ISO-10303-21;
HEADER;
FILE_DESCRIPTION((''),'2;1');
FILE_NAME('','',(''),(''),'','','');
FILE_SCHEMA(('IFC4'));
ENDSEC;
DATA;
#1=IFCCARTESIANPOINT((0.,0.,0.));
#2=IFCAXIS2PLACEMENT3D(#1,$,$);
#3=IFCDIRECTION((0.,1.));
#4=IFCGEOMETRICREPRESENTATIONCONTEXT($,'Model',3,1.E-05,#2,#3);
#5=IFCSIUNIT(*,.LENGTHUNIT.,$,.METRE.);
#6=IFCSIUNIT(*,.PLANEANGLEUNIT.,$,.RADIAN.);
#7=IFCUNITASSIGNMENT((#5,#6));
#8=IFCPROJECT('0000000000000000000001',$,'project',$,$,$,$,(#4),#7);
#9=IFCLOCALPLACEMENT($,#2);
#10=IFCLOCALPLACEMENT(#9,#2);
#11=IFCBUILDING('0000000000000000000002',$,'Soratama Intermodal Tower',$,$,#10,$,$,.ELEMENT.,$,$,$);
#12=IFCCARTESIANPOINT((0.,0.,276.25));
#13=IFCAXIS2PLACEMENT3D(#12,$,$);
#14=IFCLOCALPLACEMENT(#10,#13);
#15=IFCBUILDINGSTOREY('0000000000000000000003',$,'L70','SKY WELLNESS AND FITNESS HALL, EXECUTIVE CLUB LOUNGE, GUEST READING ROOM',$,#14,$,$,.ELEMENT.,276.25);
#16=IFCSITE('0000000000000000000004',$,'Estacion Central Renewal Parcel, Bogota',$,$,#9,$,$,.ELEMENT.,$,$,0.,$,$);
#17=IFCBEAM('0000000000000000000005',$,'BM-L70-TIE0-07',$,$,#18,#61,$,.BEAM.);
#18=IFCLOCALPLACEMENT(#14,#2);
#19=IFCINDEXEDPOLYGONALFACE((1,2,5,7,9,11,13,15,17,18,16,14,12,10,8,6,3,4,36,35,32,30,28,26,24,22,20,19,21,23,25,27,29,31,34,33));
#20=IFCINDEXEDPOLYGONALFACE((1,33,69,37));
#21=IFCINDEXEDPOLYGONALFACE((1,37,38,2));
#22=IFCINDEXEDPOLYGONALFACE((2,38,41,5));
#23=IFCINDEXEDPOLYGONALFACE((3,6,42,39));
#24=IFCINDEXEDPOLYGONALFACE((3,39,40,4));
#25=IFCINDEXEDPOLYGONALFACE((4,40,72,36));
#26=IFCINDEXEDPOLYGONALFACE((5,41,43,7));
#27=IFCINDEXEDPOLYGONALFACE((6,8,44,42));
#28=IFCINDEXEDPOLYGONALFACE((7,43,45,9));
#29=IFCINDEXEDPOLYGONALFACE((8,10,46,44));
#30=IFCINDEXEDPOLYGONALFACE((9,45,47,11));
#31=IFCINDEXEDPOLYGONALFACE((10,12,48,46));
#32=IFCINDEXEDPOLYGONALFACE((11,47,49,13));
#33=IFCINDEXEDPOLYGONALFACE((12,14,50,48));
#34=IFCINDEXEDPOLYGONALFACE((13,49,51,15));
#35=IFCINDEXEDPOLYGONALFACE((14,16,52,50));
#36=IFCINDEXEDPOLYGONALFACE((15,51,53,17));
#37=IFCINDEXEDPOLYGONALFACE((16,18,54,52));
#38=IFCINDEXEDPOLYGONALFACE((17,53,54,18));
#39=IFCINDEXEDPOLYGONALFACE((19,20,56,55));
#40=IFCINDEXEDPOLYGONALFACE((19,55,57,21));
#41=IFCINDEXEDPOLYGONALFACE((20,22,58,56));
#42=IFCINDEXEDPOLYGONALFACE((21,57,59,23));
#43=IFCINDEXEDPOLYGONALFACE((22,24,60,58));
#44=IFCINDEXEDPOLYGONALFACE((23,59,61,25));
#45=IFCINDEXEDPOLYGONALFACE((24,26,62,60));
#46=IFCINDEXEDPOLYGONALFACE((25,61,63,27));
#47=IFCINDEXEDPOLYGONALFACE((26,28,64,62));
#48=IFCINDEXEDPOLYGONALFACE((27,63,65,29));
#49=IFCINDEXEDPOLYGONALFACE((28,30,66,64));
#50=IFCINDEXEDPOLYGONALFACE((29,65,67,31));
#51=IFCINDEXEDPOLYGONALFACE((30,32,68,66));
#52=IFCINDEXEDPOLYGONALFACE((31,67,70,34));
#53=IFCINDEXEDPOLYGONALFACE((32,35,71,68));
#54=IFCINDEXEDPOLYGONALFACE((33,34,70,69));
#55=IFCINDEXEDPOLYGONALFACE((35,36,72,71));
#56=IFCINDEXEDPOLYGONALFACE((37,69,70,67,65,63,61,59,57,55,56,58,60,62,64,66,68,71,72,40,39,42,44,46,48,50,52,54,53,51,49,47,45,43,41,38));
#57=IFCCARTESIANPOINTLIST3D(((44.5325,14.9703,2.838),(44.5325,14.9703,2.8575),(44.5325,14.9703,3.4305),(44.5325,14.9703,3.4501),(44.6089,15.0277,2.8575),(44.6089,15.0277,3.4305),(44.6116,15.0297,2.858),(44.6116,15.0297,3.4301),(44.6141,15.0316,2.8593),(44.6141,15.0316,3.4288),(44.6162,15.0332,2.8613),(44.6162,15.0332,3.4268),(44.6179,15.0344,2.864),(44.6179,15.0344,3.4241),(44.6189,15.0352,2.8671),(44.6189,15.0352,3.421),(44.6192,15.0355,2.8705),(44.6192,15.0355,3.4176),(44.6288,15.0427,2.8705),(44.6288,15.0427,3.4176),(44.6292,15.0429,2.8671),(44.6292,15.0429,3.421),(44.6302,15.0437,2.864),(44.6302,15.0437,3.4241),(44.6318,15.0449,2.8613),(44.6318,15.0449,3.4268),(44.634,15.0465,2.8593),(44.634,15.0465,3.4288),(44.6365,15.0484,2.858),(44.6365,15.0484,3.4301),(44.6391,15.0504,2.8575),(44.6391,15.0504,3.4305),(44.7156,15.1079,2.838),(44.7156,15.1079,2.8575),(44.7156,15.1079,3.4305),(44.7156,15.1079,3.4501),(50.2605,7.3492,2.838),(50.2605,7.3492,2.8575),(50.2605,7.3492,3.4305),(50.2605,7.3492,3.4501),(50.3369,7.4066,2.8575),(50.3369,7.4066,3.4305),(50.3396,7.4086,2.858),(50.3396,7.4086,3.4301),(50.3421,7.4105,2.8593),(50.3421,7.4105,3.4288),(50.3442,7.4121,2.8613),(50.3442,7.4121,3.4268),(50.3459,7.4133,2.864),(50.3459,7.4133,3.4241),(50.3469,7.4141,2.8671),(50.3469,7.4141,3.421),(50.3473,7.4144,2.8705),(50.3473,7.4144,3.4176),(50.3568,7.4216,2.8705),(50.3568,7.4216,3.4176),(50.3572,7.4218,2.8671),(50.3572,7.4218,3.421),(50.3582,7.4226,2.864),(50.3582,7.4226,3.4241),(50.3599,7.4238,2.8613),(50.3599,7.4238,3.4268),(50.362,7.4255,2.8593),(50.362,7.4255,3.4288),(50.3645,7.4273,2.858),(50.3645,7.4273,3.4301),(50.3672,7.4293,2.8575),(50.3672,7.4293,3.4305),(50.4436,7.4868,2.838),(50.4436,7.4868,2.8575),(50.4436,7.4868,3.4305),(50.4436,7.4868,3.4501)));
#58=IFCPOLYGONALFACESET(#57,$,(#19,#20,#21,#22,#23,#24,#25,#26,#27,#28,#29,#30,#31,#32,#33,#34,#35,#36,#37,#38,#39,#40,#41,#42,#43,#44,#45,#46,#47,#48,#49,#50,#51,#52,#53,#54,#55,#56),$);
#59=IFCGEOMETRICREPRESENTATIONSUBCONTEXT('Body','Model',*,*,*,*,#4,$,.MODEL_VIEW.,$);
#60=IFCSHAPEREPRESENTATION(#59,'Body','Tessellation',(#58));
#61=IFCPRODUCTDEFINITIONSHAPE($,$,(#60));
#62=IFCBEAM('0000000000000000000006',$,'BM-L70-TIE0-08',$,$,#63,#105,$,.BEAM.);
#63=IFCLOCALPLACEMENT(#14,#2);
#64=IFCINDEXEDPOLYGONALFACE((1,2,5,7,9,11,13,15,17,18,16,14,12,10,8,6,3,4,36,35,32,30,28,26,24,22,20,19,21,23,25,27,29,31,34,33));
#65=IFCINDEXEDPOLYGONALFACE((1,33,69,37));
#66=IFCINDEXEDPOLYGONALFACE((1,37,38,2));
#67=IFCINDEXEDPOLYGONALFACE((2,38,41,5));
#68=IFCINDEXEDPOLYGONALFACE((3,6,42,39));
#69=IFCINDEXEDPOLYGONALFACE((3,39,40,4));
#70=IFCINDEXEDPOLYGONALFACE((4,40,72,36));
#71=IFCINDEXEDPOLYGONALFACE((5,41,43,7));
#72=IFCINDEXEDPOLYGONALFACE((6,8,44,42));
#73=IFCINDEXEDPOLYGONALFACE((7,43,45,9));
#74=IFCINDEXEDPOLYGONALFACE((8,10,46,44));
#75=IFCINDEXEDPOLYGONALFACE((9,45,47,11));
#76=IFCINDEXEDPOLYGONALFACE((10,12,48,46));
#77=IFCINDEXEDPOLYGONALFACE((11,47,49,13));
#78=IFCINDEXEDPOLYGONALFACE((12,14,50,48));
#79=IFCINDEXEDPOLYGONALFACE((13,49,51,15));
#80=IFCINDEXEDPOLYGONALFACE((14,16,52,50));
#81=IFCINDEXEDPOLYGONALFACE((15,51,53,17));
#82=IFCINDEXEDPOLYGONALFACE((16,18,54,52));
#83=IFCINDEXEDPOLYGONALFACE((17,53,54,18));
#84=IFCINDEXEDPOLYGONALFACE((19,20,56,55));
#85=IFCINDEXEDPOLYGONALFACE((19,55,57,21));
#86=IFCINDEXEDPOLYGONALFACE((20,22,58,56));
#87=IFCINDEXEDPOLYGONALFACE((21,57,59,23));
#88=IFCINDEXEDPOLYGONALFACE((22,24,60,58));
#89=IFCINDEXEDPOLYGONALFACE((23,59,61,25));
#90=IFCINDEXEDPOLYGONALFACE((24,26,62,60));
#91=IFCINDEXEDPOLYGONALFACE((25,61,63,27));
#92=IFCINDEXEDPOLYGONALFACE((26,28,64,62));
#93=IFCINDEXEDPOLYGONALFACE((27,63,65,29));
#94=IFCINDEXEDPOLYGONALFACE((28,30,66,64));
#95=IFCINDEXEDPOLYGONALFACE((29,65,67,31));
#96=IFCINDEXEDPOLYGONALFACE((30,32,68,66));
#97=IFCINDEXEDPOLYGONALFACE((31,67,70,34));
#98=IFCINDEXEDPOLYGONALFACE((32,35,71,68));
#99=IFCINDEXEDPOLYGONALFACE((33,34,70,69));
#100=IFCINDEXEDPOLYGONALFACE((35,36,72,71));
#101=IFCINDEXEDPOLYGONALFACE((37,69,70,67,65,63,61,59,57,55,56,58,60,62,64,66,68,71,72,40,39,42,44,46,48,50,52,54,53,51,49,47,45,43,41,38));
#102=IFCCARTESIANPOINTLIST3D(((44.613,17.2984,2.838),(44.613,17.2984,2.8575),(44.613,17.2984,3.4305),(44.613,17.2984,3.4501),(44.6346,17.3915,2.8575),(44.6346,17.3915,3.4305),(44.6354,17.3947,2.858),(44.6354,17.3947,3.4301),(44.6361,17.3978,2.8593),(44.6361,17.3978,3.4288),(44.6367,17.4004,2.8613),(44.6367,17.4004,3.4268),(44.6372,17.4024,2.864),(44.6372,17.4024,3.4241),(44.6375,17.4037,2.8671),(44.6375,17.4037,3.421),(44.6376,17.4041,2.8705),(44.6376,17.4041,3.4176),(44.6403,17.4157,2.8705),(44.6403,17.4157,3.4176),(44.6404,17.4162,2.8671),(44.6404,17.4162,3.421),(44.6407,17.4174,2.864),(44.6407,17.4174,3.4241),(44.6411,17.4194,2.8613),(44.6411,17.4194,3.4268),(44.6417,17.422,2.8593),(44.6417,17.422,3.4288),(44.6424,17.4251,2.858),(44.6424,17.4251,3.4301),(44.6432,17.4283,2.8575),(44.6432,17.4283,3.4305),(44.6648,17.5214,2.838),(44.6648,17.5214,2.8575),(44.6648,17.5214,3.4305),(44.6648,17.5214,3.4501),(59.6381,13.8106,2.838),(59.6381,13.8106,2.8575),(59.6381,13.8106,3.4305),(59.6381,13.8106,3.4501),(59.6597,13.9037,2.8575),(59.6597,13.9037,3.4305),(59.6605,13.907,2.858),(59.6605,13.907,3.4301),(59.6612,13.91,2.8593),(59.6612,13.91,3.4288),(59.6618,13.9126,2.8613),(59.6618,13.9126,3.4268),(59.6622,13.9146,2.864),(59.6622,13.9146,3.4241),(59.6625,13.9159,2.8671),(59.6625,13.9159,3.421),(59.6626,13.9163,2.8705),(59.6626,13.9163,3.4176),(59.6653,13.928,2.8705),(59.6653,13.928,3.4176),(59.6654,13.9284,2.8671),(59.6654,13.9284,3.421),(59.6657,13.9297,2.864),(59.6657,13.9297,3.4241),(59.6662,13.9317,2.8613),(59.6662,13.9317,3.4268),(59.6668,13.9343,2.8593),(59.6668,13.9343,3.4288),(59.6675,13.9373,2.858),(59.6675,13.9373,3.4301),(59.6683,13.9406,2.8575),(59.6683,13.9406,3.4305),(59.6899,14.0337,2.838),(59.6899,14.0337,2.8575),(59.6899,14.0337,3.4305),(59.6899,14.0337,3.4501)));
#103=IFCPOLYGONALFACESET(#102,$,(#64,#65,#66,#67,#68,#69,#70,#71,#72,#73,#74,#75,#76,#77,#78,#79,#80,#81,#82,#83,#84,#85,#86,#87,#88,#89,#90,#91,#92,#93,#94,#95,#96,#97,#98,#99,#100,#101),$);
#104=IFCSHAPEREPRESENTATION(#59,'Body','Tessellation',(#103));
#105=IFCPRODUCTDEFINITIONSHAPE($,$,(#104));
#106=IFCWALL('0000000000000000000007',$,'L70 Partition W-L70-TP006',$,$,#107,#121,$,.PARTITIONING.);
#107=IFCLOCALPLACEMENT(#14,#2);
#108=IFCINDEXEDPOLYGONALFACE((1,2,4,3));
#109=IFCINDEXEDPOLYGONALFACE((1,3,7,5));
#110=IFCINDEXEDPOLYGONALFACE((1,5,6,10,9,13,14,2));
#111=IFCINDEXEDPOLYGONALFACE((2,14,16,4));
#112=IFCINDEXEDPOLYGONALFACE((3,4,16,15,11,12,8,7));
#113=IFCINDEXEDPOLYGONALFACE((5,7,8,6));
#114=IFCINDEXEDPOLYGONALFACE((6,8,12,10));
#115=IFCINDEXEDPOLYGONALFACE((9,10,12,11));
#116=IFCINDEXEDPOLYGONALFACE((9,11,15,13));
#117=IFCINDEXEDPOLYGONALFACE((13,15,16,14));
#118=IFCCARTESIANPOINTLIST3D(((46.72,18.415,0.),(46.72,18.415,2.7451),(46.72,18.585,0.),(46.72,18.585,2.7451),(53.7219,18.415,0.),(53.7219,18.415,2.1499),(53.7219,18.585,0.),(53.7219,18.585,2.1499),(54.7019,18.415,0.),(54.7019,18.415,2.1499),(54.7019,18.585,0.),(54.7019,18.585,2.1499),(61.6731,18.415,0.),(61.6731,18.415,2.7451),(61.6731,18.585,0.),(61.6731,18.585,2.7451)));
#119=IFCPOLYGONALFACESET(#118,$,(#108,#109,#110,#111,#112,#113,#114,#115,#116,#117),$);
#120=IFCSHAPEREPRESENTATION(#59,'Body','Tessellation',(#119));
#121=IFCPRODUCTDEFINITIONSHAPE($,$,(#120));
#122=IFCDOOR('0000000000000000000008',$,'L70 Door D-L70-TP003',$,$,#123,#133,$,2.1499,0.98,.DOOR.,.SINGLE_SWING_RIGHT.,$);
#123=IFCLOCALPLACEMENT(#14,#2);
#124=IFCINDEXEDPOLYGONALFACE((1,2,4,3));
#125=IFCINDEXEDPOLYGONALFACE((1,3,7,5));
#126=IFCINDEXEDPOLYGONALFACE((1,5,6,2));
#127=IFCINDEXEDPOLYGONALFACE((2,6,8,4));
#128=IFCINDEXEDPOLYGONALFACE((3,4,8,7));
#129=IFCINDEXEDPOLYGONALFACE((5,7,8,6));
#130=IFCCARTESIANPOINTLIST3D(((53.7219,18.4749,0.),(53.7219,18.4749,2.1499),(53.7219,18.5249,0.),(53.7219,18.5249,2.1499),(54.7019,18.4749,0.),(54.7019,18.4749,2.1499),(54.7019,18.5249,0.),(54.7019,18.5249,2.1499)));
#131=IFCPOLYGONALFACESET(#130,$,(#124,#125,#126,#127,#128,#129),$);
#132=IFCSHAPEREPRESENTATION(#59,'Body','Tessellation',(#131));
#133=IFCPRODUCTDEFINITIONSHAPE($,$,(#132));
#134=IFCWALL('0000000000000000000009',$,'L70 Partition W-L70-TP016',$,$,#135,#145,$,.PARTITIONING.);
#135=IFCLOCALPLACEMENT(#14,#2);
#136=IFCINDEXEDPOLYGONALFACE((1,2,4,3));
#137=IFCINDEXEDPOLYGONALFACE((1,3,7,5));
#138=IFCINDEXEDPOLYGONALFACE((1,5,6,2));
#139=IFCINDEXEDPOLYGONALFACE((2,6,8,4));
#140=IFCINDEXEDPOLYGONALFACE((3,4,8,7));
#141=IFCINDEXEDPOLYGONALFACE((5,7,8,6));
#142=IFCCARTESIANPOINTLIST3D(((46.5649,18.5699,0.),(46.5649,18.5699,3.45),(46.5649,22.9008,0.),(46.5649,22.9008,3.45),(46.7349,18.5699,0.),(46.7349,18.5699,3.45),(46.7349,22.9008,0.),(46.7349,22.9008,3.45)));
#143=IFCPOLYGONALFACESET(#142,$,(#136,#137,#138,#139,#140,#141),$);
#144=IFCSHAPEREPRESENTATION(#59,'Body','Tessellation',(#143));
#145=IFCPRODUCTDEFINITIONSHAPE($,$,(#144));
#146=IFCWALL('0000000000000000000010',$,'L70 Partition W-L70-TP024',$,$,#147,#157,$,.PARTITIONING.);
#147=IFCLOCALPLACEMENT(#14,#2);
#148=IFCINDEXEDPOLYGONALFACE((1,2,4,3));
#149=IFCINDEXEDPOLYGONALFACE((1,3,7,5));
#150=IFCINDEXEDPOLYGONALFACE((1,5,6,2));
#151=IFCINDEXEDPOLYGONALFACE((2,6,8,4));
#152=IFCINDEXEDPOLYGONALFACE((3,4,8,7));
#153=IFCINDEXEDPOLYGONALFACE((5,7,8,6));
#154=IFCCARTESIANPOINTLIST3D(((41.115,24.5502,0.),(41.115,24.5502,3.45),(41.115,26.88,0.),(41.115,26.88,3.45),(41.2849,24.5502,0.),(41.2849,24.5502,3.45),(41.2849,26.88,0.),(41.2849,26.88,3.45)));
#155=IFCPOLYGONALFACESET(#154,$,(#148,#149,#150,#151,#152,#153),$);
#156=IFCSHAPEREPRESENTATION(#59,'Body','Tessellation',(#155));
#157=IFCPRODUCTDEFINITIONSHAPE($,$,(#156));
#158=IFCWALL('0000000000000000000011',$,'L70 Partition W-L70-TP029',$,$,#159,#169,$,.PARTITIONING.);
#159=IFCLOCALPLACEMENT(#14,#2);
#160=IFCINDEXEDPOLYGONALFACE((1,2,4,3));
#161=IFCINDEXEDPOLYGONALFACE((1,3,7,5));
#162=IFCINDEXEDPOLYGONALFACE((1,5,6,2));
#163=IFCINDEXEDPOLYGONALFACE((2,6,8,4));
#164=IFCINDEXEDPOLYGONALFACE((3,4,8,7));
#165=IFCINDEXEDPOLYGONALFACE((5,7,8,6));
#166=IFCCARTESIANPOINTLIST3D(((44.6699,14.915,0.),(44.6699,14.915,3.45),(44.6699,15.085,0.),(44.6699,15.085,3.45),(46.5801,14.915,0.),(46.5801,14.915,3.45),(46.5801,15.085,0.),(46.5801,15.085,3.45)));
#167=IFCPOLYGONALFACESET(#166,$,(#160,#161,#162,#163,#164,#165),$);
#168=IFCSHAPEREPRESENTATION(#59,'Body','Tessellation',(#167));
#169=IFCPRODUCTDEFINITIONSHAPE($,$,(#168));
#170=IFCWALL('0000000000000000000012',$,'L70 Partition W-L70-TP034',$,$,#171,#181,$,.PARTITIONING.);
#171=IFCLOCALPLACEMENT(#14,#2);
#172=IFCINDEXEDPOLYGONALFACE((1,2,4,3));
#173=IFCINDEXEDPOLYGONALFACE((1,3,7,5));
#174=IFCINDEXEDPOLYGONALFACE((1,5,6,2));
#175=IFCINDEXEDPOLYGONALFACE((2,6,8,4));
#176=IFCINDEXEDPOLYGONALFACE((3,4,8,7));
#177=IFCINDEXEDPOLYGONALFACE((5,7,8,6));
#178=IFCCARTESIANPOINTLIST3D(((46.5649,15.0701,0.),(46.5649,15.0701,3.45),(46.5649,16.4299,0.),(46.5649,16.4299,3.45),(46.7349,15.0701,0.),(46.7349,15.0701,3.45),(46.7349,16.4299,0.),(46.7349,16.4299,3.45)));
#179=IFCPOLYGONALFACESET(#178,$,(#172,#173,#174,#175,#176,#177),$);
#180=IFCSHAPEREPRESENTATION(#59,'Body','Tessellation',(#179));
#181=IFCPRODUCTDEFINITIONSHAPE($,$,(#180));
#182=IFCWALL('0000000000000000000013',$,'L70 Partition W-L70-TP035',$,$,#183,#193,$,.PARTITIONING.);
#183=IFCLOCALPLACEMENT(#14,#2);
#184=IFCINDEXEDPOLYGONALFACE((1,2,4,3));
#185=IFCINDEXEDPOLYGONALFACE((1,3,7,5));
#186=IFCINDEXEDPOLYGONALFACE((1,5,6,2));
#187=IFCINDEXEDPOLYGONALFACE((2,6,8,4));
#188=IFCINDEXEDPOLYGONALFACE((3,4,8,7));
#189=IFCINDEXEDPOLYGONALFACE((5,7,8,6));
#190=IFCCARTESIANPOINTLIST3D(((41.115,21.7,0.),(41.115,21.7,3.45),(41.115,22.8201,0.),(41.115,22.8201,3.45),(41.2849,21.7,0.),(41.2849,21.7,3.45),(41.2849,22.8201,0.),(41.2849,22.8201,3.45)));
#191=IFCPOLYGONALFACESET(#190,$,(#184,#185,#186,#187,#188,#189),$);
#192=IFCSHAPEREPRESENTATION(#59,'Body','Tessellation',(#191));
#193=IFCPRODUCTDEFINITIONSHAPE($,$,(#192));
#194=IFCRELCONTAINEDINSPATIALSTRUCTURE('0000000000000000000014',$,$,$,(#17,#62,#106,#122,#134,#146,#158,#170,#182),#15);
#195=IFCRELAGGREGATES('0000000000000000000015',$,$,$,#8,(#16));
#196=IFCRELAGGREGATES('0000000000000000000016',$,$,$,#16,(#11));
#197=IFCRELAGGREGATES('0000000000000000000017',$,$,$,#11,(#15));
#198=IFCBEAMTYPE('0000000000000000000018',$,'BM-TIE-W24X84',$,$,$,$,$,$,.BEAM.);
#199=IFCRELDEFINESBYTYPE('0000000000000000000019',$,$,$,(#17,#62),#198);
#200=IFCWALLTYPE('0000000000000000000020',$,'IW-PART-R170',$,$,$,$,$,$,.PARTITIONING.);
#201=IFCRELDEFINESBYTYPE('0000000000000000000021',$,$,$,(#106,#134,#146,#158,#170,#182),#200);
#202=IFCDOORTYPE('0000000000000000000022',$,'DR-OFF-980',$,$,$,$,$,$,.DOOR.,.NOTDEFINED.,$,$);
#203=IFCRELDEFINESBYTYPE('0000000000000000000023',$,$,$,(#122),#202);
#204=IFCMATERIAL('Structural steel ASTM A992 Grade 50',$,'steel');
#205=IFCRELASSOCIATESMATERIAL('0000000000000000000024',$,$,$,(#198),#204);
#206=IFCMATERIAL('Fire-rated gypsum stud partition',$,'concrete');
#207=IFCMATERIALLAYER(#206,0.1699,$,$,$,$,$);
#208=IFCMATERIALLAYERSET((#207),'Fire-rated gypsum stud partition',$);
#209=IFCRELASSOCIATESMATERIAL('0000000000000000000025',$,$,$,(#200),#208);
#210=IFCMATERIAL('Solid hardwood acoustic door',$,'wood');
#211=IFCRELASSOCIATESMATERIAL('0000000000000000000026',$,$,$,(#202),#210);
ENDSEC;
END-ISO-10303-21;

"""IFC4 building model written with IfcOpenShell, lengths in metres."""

from ifc_helpers import new_model, si_unit, direction, frame, frame_2d, origin, origin_2d, place, context, subcontext, project, spatial, rectangle, i_section, extrude, material, layer, layer_set, material_profile, profile_set, type_object, element, fill, save


model = new_model("IFC4")

# Units and contexts
model_context = context("Model", 3, precision=1e-05, world=origin(), true_north=direction((0.0, 1.0)))
body_context = subcontext(model_context, "Body", "Model", "MODEL_VIEW")
ifc_project = project(units=[si_unit("LENGTHUNIT", "METRE"), si_unit("PLANEANGLEUNIT", "RADIAN")], contexts=[model_context])

# Site, building, storey
site_placement = place(None, origin())
site = spatial("IfcSite", under=ifc_project, at=site_placement, Name="Estacion Central Renewal Parcel, Bogota", CompositionType="ELEMENT", RefElevation=0.0)
building_placement = place(site_placement, origin())
building = spatial("IfcBuilding", under=site, at=building_placement, Name="Soratama Intermodal Tower", CompositionType="ELEMENT")
storey_placement = place(building_placement, frame((0.0, 0.0, 276.25)))
storey = spatial("IfcBuildingStorey", under=building, at=storey_placement, Name="L70", Description="SKY WELLNESS AND FITNESS HALL, EXECUTIVE CLUB LOUNGE, GUEST READING ROOM", CompositionType="ELEMENT", Elevation=276.25)

# Beams
ifc_material_1 = material(Name="Structural steel ASTM A992 Grade 50", Category="steel")
ifc_material_profile_1 = material_profile(ifc_material_1, i_section(OverallWidth=0.229, OverallDepth=0.6121, WebThickness=0.012, FlangeThickness=0.0195, FilletRadius=0.0129, at=origin_2d()), Name="W24X84")
ifc_profile_set_1 = profile_set([ifc_material_profile_1], Name="Structural steel ASTM A992 Grade 50")
beam_type_1 = type_object("IfcBeamType", Name="BM-TIE-W24X84", PredefinedType="BEAM", material=ifc_profile_set_1)
beam_1_placement = place(storey_placement, frame((44.624, 15.0391, 3.144), z_axis=(0.600819, -0.799385, 0.0), x_axis=(0.799385, 0.600819, 0.0)))
element("IfcBeam", 1, at=beam_1_placement, inside=storey, type_object=beam_type_1, Name="BM-L70-TIE0-07", PredefinedType="BEAM", context=body_context, shape_type="SweptSolid", body=[
    extrude(i_section(OverallWidth=0.229, OverallDepth=0.6121, WebThickness=0.012, FlangeThickness=0.0195, FilletRadius=0.0129, at=origin_2d()), origin(), (0.0, 0.0, 1.0), 9.5337),
])
beam_2_placement = place(storey_placement, frame((44.6389, 17.4099, 3.144), z_axis=(0.9741, -0.226118, 0.0), x_axis=(0.226118, 0.9741, 0.0)))
element("IfcBeam", 2, at=beam_2_placement, inside=storey, type_object=beam_type_1, Name="BM-L70-TIE0-08", PredefinedType="BEAM", context=body_context, shape_type="SweptSolid", body=[
    extrude(i_section(OverallWidth=0.229, OverallDepth=0.6121, WebThickness=0.012, FlangeThickness=0.0195, FilletRadius=0.0129, at=origin_2d()), origin(), (0.0, 0.0, 1.0), 15.4246),
])

# Wall, opening, door
ifc_material_2 = material(Name="Fire-rated gypsum stud partition", Category="concrete")
ifc_layer_1 = layer(ifc_material_2, 0.1699)
ifc_layer_set_1 = layer_set([ifc_layer_1], Name="Fire-rated gypsum stud partition")
wall_type_1 = type_object("IfcWallType", Name="IW-PART-R170", PredefinedType="PARTITIONING", material=ifc_layer_set_1)
wall_1_placement = place(storey_placement, frame((46.72, 18.5, 0.0), z_axis=(0.0, 0.0, 1.0), x_axis=(1.0, 0.0, 0.0)))
wall_1 = element("IfcWall", 3, at=wall_1_placement, inside=storey, type_object=wall_type_1, Name="L70 Partition W-L70-TP006", PredefinedType="PARTITIONING", context=body_context, shape_type="SweptSolid", body=[
    extrude(rectangle(XDim=14.9531, YDim=0.1699, at=frame_2d((7.4766, 0.0))), origin(), (0.0, 0.0, 1.0), 2.7451),
])
opening_1_placement = place(wall_1_placement, frame((7.002, 0.0, 0.0)))
opening_1 = element("IfcOpeningElement", 4, at=opening_1_placement, cuts=wall_1, PredefinedType="OPENING", context=body_context, shape_type="SweptSolid", body=[
    extrude(rectangle(XDim=0.98, YDim=2.1499, at=frame_2d((0.49, 1.075))), frame((0.0, 0.095, 0.0), z_axis=(0.0, -1.0, 0.0), x_axis=(1.0, 0.0, 0.0)), (0.0, 0.0, 1.0), 0.1899),
])
ifc_material_3 = material(Name="Solid hardwood acoustic door", Category="wood")
door_type_1 = type_object("IfcDoorType", Name="DR-OFF-980", OperationType="NOTDEFINED", PredefinedType="DOOR", material=ifc_material_3)
door_1_placement = place(opening_1_placement, origin())
door_1 = element("IfcDoor", 5, at=door_1_placement, inside=storey, type_object=door_type_1, Name="L70 Door D-L70-TP003", OperationType="SINGLE_SWING_RIGHT", OverallHeight=2.1499, OverallWidth=0.98, PredefinedType="DOOR", context=body_context, shape_type="SweptSolid", body=[
    extrude(rectangle(XDim=0.98, YDim=2.1499, at=frame_2d((0.49, 1.075))), frame((0.0, 0.0249, 0.0), z_axis=(0.0, -1.0, 0.0), x_axis=(1.0, 0.0, 0.0)), (0.0, 0.0, 1.0), 0.05),
])
fill(opening_1, door_1)

# Wall
wall_2_placement = place(storey_placement, frame((46.6499, 22.9009, 0.0), z_axis=(0.0, 0.0, 1.0), x_axis=(0.0, -1.0, 0.0)))
element("IfcWall", 6, at=wall_2_placement, inside=storey, type_object=wall_type_1, Name="L70 Partition W-L70-TP016", PredefinedType="PARTITIONING", context=body_context, shape_type="SweptSolid", body=[
    extrude(rectangle(XDim=4.3308, YDim=0.1699, at=frame_2d((2.1655, 0.0))), origin(), (0.0, 0.0, 1.0), 3.45),
])

# Walls
wall_3_placement = place(storey_placement, frame((41.2, 24.55, 0.0), z_axis=(0.0, 0.0, 1.0), x_axis=(0.0, 1.0, 0.0)))
element("IfcWall", 7, at=wall_3_placement, inside=storey, type_object=wall_type_1, Name="L70 Partition W-L70-TP024", PredefinedType="PARTITIONING", context=body_context, shape_type="SweptSolid", body=[
    extrude(rectangle(XDim=2.3298, YDim=0.1699, at=frame_2d((1.165, 0.0))), origin(), (0.0, 0.0, 1.0), 3.45),
])
wall_4_placement = place(storey_placement, frame((46.5801, 15.0, 0.0), z_axis=(0.0, 0.0, 1.0), x_axis=(-1.0, 0.0, 0.0)))
element("IfcWall", 8, at=wall_4_placement, inside=storey, type_object=wall_type_1, Name="L70 Partition W-L70-TP029", PredefinedType="PARTITIONING", context=body_context, shape_type="SweptSolid", body=[
    extrude(rectangle(XDim=1.9102, YDim=0.1699, at=frame_2d((0.9551, 0.0))), origin(), (0.0, 0.0, 1.0), 3.45),
])
wall_5_placement = place(storey_placement, frame((46.6499, 16.4299, 0.0), z_axis=(0.0, 0.0, 1.0), x_axis=(0.0, -1.0, 0.0)))
element("IfcWall", 9, at=wall_5_placement, inside=storey, type_object=wall_type_1, Name="L70 Partition W-L70-TP034", PredefinedType="PARTITIONING", context=body_context, shape_type="SweptSolid", body=[
    extrude(rectangle(XDim=1.3599, YDim=0.1699, at=frame_2d((0.6799, 0.0))), origin(), (0.0, 0.0, 1.0), 3.45),
])
wall_6_placement = place(storey_placement, frame((41.2, 21.7, 0.0), z_axis=(0.0, 0.0, 1.0), x_axis=(0.0, 1.0, 0.0)))
element("IfcWall", 10, at=wall_6_placement, inside=storey, type_object=wall_type_1, Name="L70 Partition W-L70-TP035", PredefinedType="PARTITIONING", context=body_context, shape_type="SweptSolid", body=[
    extrude(rectangle(XDim=1.1201, YDim=0.1699, at=frame_2d((0.5601, 0.0))), origin(), (0.0, 0.0, 1.0), 3.45),
])

save(model, "model.ifc")
